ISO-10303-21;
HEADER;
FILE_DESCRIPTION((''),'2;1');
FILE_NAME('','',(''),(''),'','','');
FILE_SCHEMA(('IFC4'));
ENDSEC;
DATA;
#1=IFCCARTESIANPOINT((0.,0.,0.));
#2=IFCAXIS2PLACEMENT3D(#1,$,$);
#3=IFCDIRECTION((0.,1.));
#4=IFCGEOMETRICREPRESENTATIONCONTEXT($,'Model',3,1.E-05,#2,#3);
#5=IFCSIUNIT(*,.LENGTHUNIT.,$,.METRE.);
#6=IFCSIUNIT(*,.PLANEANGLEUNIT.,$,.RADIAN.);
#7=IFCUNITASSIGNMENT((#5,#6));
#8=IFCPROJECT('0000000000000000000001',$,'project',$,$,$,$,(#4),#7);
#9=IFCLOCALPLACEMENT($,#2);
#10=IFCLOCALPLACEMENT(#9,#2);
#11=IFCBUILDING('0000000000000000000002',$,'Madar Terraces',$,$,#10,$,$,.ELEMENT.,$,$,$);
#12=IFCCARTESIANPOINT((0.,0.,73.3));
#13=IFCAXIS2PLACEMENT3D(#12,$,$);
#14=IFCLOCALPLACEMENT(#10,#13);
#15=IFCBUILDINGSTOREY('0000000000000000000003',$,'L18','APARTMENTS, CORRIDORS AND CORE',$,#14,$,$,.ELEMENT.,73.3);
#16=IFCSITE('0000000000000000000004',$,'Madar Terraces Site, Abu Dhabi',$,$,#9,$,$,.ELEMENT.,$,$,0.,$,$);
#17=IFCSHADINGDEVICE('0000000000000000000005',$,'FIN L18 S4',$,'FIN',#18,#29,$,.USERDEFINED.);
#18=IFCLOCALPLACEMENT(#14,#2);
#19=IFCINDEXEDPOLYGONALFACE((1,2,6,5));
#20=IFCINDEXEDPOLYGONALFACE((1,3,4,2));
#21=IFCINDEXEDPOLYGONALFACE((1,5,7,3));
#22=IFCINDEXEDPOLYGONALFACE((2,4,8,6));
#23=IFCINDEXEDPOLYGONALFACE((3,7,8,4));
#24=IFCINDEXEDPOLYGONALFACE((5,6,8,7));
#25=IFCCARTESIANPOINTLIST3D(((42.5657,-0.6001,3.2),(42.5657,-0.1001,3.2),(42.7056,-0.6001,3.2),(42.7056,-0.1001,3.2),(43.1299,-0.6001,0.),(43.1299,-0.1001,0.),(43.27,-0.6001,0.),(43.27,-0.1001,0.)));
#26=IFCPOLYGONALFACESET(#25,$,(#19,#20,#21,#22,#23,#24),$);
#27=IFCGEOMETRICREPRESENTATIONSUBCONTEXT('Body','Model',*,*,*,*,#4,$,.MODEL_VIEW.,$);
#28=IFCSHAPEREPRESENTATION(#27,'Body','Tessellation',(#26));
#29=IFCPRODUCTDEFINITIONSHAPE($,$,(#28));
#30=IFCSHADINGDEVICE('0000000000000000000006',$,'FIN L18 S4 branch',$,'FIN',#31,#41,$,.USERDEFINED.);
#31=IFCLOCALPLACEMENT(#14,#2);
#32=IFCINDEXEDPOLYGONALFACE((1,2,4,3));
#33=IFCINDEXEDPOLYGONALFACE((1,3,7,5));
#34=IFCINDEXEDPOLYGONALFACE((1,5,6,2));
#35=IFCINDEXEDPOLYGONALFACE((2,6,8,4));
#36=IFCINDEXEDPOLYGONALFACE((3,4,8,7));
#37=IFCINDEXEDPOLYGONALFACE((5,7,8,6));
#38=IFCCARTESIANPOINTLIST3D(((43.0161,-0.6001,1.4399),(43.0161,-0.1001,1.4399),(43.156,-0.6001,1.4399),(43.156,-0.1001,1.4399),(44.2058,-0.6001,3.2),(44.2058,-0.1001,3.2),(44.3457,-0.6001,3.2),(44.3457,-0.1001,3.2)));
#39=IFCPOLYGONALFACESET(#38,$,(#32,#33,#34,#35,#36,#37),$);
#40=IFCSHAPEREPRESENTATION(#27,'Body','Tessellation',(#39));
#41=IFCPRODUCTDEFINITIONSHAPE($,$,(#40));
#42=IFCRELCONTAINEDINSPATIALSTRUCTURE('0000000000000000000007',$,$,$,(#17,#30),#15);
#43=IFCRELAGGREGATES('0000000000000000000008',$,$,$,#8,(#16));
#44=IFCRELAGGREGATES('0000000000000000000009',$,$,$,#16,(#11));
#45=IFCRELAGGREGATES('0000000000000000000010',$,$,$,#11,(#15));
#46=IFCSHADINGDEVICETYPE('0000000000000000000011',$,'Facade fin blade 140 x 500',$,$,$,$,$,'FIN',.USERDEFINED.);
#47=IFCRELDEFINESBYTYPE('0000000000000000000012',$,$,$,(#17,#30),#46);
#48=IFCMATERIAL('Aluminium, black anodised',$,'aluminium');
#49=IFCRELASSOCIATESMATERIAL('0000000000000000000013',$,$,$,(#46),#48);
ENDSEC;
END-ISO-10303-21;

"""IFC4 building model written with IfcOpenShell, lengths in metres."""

from ifc_helpers import new_model, si_unit, direction, frame, origin, place, context, subcontext, project, spatial, polyline, outline, extrude, material, type_object, element, save


model = new_model("IFC4")

# Units and contexts
model_context = context("Model", 3, precision=1e-05, world=origin(), true_north=direction((0.0, 1.0)))
body_context = subcontext(model_context, "Body", "Model", "MODEL_VIEW")
ifc_project = project(units=[si_unit("LENGTHUNIT", "METRE"), si_unit("PLANEANGLEUNIT", "RADIAN")], contexts=[model_context])

# Site, building, storey
site_placement = place(None, origin())
site = spatial("IfcSite", under=ifc_project, at=site_placement, Name="Madar Terraces Site, Abu Dhabi", CompositionType="ELEMENT", RefElevation=0.0)
building_placement = place(site_placement, origin())
building = spatial("IfcBuilding", under=site, at=building_placement, Name="Madar Terraces", CompositionType="ELEMENT")
storey_placement = place(building_placement, frame((0.0, 0.0, 73.3)))
storey = spatial("IfcBuildingStorey", under=building, at=storey_placement, Name="L18", Description="APARTMENTS, CORRIDORS AND CORE", CompositionType="ELEMENT", Elevation=73.3)

# Shading devices
ifc_material_1 = material(Name="Aluminium, black anodised", Category="aluminium")
shading_device_type = type_object("IfcShadingDeviceType", Name="Facade fin blade 140 x 500", ElementType="FIN", PredefinedType="USERDEFINED", material=ifc_material_1)
shading_device_1_placement = place(storey_placement, frame((43.1299, -0.3501, 0.0), z_axis=(0.0, 0.0, 1.0), x_axis=(1.0, 0.0, 0.0)))
element("IfcShadingDevice", 1, at=shading_device_1_placement, inside=storey, type_object=shading_device_type, Name="FIN L18 S4", ObjectType="FIN", PredefinedType="USERDEFINED", context=body_context, shape_type="SweptSolid", body=[
    extrude(outline(polyline([(0.0, 0.0), (0.1401, 0.0), (-0.4243, 3.2), (-0.5642, 3.2), (0.0, 0.0)])), frame((0.0, 0.25, 0.0), z_axis=(0.0, -1.0, 0.0), x_axis=(1.0, 0.0, 0.0)), (0.0, 0.0, 1.0), 0.5),
])
shading_device_2_placement = place(storey_placement, frame((43.0161, -0.3501, 1.4399), z_axis=(0.0, 0.0, 1.0), x_axis=(1.0, 0.0, 0.0)))
element("IfcShadingDevice", 2, at=shading_device_2_placement, inside=storey, type_object=shading_device_type, Name="FIN L18 S4 branch", ObjectType="FIN", PredefinedType="USERDEFINED", context=body_context, shape_type="SweptSolid", body=[
    extrude(outline(polyline([(0.0, 0.0), (0.1399, 0.0), (1.3296, 1.76), (1.1897, 1.76), (0.0, 0.0)])), frame((0.0, 0.25, 0.0), z_axis=(0.0, -1.0, 0.0), x_axis=(1.0, 0.0, 0.0)), (0.0, 0.0, 1.0), 0.5),
])

save(model, "model.ifc")
